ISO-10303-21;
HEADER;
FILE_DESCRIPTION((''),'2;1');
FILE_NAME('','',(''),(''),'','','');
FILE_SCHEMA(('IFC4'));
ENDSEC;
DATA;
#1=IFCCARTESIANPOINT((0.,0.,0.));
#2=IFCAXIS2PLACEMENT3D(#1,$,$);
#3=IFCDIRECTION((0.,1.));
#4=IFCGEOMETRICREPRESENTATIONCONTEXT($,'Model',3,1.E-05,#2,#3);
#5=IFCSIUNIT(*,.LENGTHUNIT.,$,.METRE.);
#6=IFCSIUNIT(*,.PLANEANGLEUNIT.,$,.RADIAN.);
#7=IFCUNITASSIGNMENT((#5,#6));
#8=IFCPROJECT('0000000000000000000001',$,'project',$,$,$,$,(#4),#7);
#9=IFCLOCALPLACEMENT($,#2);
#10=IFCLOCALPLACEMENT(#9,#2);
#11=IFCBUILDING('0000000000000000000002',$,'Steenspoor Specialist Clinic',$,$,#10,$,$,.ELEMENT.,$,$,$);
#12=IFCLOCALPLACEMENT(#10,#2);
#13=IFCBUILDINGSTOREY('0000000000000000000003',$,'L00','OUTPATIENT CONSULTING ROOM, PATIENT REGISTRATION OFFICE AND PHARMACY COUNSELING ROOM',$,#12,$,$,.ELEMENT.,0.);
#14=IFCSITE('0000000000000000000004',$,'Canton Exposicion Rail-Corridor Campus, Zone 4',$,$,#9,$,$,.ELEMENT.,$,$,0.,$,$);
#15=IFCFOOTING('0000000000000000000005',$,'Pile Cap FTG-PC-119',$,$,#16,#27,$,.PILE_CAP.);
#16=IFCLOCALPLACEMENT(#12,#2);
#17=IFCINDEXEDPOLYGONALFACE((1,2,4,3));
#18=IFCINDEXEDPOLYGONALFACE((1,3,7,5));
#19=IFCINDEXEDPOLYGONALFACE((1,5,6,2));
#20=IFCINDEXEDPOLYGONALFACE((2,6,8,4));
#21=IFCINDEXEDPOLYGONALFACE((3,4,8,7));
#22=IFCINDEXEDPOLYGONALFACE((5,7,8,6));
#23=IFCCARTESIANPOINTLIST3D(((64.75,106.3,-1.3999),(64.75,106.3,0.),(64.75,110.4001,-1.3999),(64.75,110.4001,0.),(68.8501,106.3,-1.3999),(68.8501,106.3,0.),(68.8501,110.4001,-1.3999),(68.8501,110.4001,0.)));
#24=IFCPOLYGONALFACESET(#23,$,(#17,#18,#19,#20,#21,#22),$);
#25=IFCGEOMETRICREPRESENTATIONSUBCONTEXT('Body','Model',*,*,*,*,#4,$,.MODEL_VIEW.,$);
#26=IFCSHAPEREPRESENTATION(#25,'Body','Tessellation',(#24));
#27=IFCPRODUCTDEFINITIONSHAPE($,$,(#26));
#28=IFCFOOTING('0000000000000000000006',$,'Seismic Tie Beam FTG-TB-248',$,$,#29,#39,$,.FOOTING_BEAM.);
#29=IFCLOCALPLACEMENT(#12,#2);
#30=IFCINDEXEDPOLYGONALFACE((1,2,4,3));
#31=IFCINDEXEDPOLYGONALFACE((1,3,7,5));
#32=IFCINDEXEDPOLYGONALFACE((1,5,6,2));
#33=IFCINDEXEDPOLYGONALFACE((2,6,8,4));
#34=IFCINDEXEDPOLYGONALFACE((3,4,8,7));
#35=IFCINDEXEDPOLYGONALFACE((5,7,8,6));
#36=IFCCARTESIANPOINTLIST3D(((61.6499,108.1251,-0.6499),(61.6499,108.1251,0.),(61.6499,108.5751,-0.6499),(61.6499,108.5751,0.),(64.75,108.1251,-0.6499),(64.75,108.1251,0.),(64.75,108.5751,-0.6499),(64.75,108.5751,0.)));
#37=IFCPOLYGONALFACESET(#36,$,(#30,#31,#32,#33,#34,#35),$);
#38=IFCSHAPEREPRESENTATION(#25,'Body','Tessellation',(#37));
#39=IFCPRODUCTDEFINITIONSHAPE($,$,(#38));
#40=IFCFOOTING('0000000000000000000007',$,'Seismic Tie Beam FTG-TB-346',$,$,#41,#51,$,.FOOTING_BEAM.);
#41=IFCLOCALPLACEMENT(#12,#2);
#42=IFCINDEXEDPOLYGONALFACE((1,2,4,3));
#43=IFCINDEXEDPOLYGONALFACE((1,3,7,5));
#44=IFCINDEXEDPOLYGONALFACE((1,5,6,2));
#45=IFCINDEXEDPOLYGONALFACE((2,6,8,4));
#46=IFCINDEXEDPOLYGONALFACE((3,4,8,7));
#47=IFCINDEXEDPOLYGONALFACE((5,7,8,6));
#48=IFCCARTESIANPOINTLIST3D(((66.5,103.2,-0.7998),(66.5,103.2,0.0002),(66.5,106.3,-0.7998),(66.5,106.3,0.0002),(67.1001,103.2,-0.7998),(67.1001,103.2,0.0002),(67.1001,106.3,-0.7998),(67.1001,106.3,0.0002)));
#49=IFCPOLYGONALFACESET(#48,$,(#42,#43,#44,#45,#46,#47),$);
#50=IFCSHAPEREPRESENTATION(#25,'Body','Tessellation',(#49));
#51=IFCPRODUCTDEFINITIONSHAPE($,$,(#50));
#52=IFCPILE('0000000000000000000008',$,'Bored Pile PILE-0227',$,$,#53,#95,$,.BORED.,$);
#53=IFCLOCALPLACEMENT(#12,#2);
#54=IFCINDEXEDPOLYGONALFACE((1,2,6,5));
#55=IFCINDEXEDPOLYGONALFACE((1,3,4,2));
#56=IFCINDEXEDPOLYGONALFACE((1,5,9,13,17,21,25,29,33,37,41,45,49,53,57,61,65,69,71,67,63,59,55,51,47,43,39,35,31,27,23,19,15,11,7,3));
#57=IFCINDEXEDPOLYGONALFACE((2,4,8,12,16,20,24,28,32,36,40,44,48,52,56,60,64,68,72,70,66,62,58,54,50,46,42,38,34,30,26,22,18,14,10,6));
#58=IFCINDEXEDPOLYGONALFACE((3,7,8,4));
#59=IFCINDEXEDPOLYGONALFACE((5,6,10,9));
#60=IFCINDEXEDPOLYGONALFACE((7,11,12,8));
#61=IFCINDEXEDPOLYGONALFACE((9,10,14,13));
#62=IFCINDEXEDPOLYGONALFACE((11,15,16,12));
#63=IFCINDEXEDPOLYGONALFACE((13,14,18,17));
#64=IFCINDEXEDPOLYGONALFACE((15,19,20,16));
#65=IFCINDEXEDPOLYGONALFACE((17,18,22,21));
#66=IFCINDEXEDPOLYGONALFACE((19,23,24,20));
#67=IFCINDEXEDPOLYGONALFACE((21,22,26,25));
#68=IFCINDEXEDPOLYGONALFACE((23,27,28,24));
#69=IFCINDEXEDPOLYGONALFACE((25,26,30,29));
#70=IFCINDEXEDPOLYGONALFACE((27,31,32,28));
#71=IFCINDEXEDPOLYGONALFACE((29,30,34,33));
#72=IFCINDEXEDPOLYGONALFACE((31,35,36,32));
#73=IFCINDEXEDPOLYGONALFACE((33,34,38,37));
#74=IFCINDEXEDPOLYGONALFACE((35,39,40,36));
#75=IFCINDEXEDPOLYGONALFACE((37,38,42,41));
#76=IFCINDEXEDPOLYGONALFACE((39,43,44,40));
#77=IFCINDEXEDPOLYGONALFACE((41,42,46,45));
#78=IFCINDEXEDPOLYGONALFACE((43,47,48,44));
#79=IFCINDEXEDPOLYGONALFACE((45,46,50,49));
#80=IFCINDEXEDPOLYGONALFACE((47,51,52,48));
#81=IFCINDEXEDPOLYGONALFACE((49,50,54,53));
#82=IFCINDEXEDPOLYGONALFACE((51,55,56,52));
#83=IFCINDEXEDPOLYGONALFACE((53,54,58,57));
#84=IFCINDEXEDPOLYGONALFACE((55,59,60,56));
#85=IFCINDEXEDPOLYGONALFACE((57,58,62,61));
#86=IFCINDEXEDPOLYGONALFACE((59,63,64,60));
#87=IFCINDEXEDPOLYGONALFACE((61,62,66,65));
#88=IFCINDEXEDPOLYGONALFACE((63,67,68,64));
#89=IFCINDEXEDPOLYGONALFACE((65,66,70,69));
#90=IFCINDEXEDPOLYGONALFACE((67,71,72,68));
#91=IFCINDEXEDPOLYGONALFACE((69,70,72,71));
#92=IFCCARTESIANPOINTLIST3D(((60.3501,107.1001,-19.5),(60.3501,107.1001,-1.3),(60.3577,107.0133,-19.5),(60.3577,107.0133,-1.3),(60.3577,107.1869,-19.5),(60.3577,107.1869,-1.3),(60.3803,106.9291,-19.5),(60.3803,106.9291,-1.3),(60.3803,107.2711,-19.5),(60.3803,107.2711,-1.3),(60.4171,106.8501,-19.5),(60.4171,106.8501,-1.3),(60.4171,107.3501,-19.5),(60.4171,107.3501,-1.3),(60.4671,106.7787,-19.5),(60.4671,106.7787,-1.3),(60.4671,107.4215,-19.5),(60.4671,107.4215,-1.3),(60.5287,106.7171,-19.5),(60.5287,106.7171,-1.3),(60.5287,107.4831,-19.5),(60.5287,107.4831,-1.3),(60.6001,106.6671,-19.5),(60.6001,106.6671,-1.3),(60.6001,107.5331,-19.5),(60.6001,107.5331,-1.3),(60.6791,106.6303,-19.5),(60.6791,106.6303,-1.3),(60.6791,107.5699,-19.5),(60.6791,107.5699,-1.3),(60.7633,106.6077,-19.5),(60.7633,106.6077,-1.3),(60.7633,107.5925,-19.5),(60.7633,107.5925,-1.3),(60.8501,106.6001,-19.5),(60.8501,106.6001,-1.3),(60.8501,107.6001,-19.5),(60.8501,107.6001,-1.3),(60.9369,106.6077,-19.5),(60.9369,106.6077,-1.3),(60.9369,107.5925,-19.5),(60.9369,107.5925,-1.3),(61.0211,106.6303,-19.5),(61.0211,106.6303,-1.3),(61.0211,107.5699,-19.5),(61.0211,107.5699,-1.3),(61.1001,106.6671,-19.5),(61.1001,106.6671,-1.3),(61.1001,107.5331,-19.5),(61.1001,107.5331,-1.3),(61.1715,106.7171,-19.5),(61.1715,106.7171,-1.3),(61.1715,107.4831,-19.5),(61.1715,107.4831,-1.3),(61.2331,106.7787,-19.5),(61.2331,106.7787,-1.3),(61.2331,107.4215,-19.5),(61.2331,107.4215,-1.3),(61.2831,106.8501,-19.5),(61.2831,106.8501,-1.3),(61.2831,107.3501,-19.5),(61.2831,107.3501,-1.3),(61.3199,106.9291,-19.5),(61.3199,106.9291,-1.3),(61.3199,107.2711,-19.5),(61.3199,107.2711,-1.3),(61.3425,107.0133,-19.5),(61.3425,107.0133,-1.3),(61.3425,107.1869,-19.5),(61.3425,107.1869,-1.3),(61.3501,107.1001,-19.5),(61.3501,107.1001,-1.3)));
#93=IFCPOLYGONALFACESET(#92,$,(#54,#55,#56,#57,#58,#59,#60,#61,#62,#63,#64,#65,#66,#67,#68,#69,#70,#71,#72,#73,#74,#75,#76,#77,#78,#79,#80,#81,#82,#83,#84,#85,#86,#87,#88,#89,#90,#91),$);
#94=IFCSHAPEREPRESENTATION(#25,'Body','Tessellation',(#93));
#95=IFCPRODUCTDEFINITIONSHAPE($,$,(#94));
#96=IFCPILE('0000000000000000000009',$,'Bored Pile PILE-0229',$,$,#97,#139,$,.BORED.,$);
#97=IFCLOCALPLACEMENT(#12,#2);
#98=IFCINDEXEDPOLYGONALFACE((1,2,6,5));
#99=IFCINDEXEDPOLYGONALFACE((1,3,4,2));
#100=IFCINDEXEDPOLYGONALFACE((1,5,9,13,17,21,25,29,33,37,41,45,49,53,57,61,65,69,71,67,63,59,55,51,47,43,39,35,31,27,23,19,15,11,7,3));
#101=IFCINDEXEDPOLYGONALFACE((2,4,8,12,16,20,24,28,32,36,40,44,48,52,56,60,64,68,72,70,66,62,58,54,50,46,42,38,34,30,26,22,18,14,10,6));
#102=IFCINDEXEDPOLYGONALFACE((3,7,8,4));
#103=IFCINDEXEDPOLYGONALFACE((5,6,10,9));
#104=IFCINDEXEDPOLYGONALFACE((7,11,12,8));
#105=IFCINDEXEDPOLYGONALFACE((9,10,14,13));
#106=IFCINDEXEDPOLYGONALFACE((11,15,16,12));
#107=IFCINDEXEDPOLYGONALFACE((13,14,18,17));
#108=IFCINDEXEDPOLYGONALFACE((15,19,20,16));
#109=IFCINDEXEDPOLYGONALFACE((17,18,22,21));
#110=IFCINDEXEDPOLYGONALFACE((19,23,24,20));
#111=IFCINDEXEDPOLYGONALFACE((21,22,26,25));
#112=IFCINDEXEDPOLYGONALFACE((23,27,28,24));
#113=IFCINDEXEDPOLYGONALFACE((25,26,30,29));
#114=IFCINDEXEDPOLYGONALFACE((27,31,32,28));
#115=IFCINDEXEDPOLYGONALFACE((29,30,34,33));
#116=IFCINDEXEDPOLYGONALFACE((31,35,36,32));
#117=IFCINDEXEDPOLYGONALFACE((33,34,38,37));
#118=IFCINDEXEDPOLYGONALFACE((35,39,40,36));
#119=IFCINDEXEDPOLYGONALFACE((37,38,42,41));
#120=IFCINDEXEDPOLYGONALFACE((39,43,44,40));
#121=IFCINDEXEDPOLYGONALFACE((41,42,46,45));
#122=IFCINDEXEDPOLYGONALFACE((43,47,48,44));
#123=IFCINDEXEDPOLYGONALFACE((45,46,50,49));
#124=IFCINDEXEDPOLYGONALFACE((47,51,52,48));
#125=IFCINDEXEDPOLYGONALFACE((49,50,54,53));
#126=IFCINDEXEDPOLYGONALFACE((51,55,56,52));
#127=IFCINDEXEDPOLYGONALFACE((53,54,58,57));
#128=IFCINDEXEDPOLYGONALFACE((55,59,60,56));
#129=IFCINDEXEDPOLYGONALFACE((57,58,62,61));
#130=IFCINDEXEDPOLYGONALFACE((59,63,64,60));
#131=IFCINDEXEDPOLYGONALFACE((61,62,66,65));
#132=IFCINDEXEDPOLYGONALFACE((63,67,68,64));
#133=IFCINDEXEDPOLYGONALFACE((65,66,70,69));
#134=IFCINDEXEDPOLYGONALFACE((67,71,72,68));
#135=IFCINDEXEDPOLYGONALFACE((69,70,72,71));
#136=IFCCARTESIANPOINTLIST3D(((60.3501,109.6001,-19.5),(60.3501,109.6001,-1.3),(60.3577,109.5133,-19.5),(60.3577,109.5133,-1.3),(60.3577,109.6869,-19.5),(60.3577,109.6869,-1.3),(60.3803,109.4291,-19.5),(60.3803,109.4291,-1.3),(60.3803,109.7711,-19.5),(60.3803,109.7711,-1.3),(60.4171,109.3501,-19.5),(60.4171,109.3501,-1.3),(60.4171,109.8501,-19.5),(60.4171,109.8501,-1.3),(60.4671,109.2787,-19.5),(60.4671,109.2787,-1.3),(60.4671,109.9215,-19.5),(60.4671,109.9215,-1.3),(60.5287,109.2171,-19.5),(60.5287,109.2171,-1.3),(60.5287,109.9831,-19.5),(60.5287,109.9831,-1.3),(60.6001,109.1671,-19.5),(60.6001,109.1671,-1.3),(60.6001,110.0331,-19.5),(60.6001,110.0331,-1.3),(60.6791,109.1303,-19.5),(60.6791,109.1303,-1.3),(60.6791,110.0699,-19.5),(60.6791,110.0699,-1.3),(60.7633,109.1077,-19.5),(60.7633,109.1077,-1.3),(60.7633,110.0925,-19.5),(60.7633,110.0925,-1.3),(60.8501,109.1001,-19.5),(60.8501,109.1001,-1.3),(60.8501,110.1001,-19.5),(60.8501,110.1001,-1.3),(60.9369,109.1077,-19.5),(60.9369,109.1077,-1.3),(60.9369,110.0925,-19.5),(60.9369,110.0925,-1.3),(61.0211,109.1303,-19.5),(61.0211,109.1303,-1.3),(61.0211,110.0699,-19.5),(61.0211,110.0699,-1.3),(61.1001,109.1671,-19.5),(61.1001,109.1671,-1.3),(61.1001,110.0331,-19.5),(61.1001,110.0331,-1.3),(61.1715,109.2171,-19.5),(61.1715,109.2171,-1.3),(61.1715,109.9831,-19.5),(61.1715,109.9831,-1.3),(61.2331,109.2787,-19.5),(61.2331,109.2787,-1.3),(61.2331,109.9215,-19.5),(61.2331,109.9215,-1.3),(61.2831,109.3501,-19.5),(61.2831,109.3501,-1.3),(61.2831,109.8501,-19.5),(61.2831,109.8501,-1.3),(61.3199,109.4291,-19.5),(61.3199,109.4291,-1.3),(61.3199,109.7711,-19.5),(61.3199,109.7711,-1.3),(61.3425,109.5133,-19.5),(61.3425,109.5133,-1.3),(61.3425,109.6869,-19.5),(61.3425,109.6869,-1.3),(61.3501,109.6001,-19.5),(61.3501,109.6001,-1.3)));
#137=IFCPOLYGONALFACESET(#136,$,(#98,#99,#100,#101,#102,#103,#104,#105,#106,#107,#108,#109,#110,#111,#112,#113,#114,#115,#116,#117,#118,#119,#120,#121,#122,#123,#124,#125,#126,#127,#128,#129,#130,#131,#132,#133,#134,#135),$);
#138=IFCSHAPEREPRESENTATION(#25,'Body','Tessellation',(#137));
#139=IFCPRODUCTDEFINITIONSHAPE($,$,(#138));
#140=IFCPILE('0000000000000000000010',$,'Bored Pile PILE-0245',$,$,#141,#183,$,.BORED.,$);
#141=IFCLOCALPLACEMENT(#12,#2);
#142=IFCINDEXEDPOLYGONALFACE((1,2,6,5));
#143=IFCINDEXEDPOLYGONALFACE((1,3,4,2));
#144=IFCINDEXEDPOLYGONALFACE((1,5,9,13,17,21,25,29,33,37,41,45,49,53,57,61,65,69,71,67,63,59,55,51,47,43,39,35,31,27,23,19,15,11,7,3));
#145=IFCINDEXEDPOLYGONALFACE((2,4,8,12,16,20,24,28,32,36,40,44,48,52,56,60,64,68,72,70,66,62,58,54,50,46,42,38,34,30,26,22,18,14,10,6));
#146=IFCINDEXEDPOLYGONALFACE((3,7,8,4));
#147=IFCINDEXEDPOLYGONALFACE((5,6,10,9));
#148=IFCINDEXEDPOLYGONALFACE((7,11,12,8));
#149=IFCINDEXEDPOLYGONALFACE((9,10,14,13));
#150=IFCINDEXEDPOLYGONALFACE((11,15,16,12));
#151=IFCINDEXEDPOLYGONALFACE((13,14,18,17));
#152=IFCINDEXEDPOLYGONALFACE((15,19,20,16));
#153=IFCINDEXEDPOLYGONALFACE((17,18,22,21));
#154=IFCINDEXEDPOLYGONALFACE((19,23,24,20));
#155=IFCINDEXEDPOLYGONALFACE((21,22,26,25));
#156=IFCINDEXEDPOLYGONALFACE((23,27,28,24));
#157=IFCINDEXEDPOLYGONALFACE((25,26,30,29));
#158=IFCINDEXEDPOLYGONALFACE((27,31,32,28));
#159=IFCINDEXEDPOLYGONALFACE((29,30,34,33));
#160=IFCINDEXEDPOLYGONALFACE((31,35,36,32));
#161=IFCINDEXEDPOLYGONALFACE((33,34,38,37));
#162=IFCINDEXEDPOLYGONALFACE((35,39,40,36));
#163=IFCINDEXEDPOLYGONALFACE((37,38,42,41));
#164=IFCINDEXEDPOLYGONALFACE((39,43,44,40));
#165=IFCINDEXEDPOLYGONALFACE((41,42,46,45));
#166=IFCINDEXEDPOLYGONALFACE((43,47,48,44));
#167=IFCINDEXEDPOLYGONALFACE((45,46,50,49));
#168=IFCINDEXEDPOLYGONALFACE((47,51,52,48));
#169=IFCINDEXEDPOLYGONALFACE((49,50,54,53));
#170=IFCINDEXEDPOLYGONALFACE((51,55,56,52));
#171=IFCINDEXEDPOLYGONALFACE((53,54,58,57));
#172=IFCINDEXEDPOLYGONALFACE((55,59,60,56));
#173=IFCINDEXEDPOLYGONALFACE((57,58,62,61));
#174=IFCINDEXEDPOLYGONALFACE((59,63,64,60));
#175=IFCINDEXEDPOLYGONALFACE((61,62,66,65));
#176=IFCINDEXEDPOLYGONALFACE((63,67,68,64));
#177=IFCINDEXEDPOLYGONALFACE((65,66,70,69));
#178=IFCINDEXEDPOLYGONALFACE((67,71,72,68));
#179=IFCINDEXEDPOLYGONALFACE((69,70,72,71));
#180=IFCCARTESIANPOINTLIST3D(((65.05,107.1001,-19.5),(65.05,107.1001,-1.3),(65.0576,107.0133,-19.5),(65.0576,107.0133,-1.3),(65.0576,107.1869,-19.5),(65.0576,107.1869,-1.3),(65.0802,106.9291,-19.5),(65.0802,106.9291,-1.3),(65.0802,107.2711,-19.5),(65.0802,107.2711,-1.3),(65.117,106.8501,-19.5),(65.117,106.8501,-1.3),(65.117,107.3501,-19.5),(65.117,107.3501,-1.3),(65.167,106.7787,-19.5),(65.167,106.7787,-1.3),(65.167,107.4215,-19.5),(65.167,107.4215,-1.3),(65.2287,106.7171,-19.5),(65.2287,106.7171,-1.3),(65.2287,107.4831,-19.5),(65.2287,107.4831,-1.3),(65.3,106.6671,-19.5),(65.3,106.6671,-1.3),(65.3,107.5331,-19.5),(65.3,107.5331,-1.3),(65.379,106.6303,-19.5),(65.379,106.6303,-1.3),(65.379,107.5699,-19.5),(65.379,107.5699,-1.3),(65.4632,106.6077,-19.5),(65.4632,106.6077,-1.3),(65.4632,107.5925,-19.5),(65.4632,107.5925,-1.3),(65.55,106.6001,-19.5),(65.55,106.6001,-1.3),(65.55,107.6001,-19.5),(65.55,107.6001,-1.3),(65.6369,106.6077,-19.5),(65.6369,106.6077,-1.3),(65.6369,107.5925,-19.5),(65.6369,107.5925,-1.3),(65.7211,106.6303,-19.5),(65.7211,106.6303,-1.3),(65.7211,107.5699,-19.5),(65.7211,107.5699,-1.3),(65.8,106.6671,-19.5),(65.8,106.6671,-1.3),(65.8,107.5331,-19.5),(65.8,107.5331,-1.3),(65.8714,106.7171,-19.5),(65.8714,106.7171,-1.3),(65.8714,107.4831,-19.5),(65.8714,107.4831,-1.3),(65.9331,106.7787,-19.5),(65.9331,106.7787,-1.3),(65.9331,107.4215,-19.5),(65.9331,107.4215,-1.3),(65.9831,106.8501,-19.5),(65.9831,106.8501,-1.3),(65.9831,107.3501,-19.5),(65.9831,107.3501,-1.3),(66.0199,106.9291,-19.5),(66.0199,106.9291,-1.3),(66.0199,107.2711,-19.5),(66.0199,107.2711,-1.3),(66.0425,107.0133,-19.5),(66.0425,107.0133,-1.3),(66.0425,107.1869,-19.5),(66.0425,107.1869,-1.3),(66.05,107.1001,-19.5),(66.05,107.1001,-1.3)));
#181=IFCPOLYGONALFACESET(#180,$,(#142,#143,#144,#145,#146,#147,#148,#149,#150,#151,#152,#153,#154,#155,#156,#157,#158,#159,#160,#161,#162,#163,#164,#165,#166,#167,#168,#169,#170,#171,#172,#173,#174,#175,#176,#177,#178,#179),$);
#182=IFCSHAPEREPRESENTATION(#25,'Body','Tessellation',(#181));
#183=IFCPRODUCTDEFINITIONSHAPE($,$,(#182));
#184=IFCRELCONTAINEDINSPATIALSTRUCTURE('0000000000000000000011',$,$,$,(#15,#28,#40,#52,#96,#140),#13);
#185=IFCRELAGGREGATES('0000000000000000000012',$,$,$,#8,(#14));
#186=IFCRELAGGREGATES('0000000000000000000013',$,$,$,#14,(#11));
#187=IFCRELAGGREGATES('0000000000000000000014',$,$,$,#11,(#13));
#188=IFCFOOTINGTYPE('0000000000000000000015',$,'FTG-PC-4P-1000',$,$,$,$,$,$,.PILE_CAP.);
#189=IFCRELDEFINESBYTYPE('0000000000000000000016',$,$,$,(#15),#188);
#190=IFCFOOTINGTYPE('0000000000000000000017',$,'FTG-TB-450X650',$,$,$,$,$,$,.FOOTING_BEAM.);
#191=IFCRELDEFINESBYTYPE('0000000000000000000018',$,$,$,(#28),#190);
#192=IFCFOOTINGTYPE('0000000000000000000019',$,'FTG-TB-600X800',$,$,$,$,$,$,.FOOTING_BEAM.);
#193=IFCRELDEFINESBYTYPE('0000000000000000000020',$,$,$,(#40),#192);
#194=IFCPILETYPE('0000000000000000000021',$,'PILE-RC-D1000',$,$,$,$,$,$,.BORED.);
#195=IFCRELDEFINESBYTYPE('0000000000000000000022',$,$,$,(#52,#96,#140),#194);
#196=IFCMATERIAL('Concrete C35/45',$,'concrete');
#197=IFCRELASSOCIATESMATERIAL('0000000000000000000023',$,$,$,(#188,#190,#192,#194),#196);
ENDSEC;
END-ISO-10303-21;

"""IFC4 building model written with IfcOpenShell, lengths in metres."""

from ifc_helpers import new_model, si_unit, direction, frame, origin, origin_2d, place, context, subcontext, project, spatial, rectangle, circle, extrude, material, material_profile, profile_set, type_object, element, save


model = new_model("IFC4")

# Units and contexts
model_context = context("Model", 3, precision=1e-05, world=origin(), true_north=direction((0.0, 1.0)))
body_context = subcontext(model_context, "Body", "Model", "MODEL_VIEW")
ifc_project = project(units=[si_unit("LENGTHUNIT", "METRE"), si_unit("PLANEANGLEUNIT", "RADIAN")], contexts=[model_context])

# Site, building, storey
site_placement = place(None, origin())
site = spatial("IfcSite", under=ifc_project, at=site_placement, Name="Canton Exposicion Rail-Corridor Campus, Zone 4", CompositionType="ELEMENT", RefElevation=0.0)
building_placement = place(site_placement, origin())
building = spatial("IfcBuilding", under=site, at=building_placement, Name="Steenspoor Specialist Clinic", CompositionType="ELEMENT")
storey_placement = place(building_placement, origin())
storey = spatial("IfcBuildingStorey", under=building, at=storey_placement, Name="L00", Description="OUTPATIENT CONSULTING ROOM, PATIENT REGISTRATION OFFICE AND PHARMACY COUNSELING ROOM", CompositionType="ELEMENT", Elevation=0.0)

# Footings
ifc_material_1 = material(Name="Concrete C35/45", Category="concrete")
footing_type_1 = type_object("IfcFootingType", Name="FTG-PC-4P-1000", PredefinedType="PILE_CAP", material=ifc_material_1)
footing_1_placement = place(storey_placement, frame((66.8, 108.3501, -1.3999), z_axis=(0.0, 0.0, 1.0), x_axis=(1.0, 0.0, 0.0)))
element("IfcFooting", 1, at=footing_1_placement, inside=storey, type_object=footing_type_1, Name="Pile Cap FTG-PC-119", PredefinedType="PILE_CAP", context=body_context, shape_type="SweptSolid", body=[
    extrude(rectangle(XDim=4.1001, YDim=4.1001, at=origin_2d()), origin(), (0.0, 0.0, 1.0), 1.3999),
])
footing_type_2 = type_object("IfcFootingType", Name="FTG-TB-450X650", PredefinedType="FOOTING_BEAM", material=ifc_material_1)
footing_2_placement = place(storey_placement, frame((63.2, 108.3501, -0.6499), z_axis=(0.0, 0.0, 1.0), x_axis=(1.0, 0.0, 0.0)))
element("IfcFooting", 2, at=footing_2_placement, inside=storey, type_object=footing_type_2, Name="Seismic Tie Beam FTG-TB-248", PredefinedType="FOOTING_BEAM", context=body_context, shape_type="SweptSolid", body=[
    extrude(rectangle(XDim=3.1001, YDim=0.45, at=origin_2d()), origin(), (0.0, 0.0, 1.0), 0.6499),
])
footing_type_3 = type_object("IfcFootingType", Name="FTG-TB-600X800", PredefinedType="FOOTING_BEAM", material=ifc_material_1)
footing_3_placement = place(storey_placement, frame((66.8, 104.75, -0.7998), z_axis=(0.0, 0.0, 1.0), x_axis=(1.0, 0.0, 0.0)))
element("IfcFooting", 3, at=footing_3_placement, inside=storey, type_object=footing_type_3, Name="Seismic Tie Beam FTG-TB-346", PredefinedType="FOOTING_BEAM", context=body_context, shape_type="SweptSolid", body=[
    extrude(rectangle(XDim=0.6001, YDim=3.1001, at=origin_2d()), origin(), (0.0, 0.0, 1.0), 0.8),
])

# Piles
ifc_material_profile_1 = material_profile(ifc_material_1, circle(Radius=0.5, at=origin_2d()), Name="PILE-D1000")
ifc_profile_set_1 = profile_set([ifc_material_profile_1], Name="Concrete C35/45")
pile_type = type_object("IfcPileType", Name="PILE-RC-D1000", PredefinedType="BORED", material=ifc_profile_set_1)
for number, where, z_axis, x_axis, name in (
    (4, (60.8501, 107.1001, -1.3), (0.0, 0.0, -1.0), (1.0, 0.0, 0.0), "Bored Pile PILE-0227"),
    (5, (60.8501, 109.6001, -1.3), (0.0, 0.0, -1.0), (1.0, 0.0, 0.0), "Bored Pile PILE-0229"),
    (6, (65.55, 107.1001, -1.3), (0.0, 0.0, -1.0), (1.0, 0.0, 0.0), "Bored Pile PILE-0245"),
):
    element("IfcPile", number, at=place(storey_placement, frame(where, z_axis=z_axis, x_axis=x_axis)), inside=storey, type_object=pile_type, Name=name, PredefinedType="BORED", context=body_context, shape_type="SweptSolid", body=[
        extrude(circle(Radius=0.5, at=origin_2d()), origin(), (0.0, 0.0, 1.0), 18.2),
    ])

save(model, "model.ifc")
